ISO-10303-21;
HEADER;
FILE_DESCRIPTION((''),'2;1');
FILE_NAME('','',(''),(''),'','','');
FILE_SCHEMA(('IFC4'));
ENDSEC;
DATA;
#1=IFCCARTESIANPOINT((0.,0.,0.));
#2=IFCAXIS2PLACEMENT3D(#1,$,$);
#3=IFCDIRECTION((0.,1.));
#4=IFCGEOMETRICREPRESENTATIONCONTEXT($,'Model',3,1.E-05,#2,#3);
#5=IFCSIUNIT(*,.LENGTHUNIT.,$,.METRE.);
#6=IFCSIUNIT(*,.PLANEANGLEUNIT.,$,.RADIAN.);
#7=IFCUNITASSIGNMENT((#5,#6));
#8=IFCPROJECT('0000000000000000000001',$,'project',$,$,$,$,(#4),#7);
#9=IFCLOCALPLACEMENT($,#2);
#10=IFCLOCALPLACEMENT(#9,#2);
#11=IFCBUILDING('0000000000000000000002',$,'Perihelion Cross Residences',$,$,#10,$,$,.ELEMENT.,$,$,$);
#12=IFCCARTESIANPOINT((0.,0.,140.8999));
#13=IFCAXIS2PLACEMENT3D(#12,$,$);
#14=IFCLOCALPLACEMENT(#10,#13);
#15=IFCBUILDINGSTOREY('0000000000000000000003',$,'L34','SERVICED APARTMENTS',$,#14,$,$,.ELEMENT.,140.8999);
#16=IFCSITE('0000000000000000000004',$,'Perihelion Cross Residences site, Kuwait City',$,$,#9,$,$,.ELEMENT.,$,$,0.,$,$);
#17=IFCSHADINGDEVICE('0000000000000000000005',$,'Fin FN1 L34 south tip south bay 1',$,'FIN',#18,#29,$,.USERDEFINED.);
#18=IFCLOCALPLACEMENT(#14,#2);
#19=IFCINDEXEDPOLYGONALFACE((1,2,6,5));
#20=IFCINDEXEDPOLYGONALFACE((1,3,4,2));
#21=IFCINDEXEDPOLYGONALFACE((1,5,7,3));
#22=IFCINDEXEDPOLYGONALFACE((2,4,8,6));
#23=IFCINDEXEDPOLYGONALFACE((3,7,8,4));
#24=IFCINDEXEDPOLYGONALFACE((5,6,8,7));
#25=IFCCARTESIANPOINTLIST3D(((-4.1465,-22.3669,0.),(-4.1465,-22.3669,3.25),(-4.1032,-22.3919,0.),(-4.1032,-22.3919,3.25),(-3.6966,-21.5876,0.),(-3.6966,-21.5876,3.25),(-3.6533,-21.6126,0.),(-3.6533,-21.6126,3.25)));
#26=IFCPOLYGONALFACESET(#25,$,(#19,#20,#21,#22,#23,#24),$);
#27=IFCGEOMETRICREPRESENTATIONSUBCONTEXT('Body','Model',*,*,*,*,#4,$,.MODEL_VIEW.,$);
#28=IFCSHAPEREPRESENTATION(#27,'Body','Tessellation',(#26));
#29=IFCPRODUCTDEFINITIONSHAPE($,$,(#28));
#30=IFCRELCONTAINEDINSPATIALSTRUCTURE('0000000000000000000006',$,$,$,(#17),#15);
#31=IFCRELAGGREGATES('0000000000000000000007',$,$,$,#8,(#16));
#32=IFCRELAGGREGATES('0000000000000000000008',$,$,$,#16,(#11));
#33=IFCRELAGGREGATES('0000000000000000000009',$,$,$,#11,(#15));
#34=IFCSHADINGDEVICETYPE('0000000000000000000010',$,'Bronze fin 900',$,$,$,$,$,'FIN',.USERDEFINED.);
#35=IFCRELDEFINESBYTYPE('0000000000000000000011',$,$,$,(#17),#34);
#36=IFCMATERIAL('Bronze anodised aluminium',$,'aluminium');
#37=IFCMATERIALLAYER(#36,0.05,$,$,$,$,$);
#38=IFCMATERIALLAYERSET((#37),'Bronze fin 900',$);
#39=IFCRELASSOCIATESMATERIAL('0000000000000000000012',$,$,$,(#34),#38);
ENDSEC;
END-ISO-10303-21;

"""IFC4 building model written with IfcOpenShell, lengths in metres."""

from ifc_helpers import new_model, si_unit, direction, frame, origin, origin_2d, place, context, subcontext, project, spatial, rectangle, extrude, material, layer, layer_set, type_object, element, save


model = new_model("IFC4")

# Units and contexts
model_context = context("Model", 3, precision=1e-05, world=origin(), true_north=direction((0.0, 1.0)))
body_context = subcontext(model_context, "Body", "Model", "MODEL_VIEW")
ifc_project = project(units=[si_unit("LENGTHUNIT", "METRE"), si_unit("PLANEANGLEUNIT", "RADIAN")], contexts=[model_context])

# Site, building, storey
site_placement = place(None, origin())
site = spatial("IfcSite", under=ifc_project, at=site_placement, Name="Perihelion Cross Residences site, Kuwait City", CompositionType="ELEMENT", RefElevation=0.0)
building_placement = place(site_placement, origin())
building = spatial("IfcBuilding", under=site, at=building_placement, Name="Perihelion Cross Residences", CompositionType="ELEMENT")
storey_placement = place(building_placement, frame((0.0, 0.0, 140.8999)))
storey = spatial("IfcBuildingStorey", under=building, at=storey_placement, Name="L34", Description="SERVICED APARTMENTS", CompositionType="ELEMENT", Elevation=140.8999)

# Shading device
ifc_material_1 = material(Name="Bronze anodised aluminium", Category="aluminium")
ifc_layer_1 = layer(ifc_material_1, 0.05)
ifc_layer_set_1 = layer_set([ifc_layer_1], Name="Bronze fin 900")
shading_device_type = type_object("IfcShadingDeviceType", Name="Bronze fin 900", ElementType="FIN", PredefinedType="USERDEFINED", material=ifc_layer_set_1)
shading_device_placement = place(storey_placement, frame((-3.8999, -21.9897, 0.0), z_axis=(0.0, 0.0, 1.0), x_axis=(-0.5, -0.866025, 0.0)))
element("IfcShadingDevice", 1, at=shading_device_placement, inside=storey, type_object=shading_device_type, Name="Fin FN1 L34 south tip south bay 1", ObjectType="FIN", PredefinedType="USERDEFINED", context=body_context, shape_type="SweptSolid", body=[
    extrude(rectangle(XDim=0.8999, YDim=0.05, at=origin_2d()), origin(), (0.0, 0.0, 1.0), 3.25),
])

save(model, "model.ifc")
